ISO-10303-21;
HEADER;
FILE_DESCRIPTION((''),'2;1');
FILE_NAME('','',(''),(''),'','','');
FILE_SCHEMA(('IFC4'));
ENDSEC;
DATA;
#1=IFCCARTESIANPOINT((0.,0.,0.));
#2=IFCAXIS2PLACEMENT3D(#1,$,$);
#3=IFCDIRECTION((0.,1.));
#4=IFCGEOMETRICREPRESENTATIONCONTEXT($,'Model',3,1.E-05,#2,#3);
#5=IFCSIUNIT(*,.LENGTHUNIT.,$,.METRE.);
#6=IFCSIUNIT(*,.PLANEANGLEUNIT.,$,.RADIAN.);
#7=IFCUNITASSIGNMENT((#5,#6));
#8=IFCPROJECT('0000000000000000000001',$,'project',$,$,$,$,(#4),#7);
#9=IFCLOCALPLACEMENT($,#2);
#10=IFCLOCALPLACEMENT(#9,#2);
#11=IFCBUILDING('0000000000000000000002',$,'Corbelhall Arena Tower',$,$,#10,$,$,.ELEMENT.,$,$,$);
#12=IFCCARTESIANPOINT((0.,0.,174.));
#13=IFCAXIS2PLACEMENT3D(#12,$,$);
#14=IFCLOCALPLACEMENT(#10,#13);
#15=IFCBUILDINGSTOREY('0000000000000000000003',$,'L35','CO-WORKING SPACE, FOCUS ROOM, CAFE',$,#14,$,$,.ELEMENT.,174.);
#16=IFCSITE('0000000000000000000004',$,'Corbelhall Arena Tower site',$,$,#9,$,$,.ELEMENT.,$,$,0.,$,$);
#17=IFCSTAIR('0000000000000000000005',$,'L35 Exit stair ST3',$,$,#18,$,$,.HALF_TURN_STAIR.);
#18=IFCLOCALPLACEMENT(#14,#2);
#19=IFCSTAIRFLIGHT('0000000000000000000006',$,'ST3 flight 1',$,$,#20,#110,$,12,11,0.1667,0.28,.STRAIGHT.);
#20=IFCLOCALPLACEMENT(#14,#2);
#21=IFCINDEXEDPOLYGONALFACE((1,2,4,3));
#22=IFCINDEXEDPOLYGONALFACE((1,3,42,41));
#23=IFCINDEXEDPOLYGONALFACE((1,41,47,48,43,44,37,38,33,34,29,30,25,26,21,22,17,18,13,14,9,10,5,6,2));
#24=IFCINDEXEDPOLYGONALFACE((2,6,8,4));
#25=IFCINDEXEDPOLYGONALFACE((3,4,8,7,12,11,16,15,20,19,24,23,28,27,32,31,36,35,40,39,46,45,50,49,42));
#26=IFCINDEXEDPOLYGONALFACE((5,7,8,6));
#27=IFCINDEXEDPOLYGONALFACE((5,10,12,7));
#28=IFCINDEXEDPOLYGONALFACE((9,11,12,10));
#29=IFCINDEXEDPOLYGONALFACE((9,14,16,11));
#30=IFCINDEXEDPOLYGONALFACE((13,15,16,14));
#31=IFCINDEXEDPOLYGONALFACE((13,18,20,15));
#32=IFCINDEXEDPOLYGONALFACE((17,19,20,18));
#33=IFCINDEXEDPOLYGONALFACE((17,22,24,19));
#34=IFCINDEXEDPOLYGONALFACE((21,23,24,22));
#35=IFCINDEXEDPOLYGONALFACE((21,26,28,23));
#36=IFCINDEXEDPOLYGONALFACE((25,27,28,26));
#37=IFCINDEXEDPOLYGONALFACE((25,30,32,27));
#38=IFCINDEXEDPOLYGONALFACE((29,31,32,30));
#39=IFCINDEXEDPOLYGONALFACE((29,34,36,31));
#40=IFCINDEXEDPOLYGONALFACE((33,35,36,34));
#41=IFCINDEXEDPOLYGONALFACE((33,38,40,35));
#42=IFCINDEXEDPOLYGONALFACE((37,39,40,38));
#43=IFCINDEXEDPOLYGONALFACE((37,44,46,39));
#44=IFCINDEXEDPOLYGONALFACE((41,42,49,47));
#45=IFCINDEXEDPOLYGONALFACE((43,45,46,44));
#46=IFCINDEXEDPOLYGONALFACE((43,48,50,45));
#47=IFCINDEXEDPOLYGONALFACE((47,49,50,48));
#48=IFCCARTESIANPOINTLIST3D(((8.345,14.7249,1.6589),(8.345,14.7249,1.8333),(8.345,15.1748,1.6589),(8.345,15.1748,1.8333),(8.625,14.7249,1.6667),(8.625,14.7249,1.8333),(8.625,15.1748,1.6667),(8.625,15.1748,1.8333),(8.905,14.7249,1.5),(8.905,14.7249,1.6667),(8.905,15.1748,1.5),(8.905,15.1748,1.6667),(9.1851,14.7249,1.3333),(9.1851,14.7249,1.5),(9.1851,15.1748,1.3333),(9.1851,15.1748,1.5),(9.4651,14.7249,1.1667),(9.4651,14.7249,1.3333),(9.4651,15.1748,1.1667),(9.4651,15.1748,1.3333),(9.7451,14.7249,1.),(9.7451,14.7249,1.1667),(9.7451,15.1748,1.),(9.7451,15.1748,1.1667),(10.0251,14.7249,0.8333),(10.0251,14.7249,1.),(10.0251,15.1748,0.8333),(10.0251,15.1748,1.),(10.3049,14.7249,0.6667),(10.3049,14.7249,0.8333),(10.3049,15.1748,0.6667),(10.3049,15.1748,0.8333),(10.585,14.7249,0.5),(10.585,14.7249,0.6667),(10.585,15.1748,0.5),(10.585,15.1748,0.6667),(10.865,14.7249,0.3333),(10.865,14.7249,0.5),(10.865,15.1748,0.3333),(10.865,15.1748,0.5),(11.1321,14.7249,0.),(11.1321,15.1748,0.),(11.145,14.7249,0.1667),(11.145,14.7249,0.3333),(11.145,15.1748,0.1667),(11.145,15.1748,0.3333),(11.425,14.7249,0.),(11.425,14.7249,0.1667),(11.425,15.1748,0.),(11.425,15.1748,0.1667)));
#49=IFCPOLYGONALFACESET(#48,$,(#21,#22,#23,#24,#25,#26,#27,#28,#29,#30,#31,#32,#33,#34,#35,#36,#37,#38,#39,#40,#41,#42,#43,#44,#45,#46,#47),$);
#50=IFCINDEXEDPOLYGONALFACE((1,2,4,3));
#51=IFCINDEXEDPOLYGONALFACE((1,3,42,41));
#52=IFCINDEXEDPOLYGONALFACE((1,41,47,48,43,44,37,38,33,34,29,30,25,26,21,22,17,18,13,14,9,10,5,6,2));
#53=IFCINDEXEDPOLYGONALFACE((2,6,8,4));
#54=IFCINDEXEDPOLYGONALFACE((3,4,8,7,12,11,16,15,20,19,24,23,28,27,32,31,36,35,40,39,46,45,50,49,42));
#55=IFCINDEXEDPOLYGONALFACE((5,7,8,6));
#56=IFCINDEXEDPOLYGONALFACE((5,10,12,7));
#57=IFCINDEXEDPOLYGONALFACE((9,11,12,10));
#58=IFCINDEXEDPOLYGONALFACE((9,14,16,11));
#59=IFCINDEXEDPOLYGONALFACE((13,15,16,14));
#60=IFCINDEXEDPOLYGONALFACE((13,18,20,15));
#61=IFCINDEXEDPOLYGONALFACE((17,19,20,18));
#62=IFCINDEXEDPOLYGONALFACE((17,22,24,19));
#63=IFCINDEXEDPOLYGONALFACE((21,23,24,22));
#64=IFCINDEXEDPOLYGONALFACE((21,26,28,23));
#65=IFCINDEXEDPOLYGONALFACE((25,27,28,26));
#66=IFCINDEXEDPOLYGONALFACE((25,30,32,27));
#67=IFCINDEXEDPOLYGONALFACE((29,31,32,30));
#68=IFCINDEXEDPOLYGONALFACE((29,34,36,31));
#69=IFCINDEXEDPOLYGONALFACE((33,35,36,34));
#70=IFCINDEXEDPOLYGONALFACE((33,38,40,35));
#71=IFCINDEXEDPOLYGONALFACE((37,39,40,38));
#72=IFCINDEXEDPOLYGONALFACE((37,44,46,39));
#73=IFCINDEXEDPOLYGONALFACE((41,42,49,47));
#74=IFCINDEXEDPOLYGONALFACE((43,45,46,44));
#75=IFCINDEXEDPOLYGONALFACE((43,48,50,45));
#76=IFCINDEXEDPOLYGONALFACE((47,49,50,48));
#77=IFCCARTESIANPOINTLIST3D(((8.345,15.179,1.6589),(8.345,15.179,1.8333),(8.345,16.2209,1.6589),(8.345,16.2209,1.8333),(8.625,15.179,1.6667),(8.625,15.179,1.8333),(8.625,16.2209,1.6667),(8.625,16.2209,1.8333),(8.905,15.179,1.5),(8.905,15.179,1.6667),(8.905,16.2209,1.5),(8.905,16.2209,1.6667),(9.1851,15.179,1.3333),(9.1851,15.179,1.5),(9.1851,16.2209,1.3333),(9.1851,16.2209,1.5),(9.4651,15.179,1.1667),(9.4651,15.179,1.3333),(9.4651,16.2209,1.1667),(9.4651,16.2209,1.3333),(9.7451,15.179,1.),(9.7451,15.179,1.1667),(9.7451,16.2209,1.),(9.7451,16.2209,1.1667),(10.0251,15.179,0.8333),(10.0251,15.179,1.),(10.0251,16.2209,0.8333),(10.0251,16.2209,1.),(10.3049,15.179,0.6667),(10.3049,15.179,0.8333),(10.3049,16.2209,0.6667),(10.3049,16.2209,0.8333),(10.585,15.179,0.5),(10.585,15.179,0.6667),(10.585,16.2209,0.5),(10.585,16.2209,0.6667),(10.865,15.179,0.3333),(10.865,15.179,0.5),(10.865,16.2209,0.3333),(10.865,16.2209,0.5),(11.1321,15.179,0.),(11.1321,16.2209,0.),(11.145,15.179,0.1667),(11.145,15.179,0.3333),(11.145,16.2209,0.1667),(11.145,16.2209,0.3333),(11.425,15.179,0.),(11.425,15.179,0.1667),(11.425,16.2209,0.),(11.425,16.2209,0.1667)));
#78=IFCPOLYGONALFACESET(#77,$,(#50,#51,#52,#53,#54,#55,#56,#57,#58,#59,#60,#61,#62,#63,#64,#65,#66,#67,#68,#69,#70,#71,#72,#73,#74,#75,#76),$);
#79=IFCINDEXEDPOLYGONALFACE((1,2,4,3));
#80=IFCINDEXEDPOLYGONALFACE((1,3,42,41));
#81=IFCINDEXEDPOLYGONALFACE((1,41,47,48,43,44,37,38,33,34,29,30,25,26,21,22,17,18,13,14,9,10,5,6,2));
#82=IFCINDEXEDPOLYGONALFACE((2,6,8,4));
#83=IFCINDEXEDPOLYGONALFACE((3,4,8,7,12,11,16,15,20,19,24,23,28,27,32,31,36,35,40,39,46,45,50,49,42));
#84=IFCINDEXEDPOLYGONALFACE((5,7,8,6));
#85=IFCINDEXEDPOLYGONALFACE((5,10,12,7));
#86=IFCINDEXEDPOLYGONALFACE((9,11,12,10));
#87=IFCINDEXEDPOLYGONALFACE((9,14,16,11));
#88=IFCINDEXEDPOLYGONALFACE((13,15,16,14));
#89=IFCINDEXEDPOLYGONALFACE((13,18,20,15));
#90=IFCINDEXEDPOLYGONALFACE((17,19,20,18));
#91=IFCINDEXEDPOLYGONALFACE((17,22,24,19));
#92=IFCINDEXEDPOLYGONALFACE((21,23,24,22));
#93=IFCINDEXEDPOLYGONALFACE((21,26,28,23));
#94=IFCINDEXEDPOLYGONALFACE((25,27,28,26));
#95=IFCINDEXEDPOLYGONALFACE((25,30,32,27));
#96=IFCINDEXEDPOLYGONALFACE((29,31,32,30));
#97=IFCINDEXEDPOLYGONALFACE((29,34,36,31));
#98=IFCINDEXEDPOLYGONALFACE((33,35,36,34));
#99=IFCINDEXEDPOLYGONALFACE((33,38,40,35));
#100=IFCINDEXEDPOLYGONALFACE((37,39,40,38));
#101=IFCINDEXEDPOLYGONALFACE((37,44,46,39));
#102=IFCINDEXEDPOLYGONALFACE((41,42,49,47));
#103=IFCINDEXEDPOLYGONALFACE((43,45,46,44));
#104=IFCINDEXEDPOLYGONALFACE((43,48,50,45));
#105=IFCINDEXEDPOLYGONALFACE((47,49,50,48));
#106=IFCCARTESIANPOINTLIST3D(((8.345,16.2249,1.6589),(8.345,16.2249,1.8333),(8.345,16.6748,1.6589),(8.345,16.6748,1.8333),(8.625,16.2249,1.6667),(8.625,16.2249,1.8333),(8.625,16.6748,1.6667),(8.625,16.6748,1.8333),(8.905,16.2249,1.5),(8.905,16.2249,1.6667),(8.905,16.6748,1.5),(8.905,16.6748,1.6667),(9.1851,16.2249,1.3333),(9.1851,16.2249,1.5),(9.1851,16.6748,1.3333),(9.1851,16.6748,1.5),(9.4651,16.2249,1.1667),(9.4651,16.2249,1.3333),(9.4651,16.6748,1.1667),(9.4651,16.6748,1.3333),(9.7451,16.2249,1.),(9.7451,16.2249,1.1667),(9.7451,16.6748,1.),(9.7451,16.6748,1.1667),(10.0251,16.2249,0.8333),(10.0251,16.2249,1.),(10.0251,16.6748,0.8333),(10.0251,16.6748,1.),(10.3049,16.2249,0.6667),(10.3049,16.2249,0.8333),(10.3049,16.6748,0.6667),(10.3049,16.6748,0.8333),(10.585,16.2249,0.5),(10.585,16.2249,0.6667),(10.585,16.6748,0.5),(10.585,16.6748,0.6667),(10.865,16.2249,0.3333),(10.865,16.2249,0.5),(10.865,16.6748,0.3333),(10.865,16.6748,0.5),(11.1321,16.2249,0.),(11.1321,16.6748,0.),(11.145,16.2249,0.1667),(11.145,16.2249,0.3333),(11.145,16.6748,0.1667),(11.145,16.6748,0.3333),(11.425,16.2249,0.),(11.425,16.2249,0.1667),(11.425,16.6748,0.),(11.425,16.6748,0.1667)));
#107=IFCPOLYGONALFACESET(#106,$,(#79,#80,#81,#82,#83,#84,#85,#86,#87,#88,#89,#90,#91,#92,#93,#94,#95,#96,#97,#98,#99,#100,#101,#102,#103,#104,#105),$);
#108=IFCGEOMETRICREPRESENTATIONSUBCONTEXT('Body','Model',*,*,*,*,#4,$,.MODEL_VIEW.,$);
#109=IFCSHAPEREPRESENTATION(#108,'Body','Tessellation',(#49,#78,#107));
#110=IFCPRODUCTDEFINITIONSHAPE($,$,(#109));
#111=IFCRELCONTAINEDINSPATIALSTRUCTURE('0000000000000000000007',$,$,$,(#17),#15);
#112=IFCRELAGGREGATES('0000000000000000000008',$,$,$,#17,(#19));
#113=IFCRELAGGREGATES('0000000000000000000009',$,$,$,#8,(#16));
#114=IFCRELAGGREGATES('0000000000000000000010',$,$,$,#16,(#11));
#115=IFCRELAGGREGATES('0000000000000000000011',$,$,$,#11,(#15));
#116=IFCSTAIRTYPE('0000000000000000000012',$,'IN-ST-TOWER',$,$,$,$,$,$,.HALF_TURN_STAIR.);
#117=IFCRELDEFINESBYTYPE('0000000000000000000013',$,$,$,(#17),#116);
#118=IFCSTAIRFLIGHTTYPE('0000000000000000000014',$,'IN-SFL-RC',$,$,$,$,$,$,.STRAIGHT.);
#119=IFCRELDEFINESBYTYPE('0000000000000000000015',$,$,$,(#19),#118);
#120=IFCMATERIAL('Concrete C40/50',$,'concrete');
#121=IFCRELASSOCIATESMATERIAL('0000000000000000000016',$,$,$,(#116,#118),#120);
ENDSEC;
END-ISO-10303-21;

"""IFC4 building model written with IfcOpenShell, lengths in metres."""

from ifc_helpers import new_model, si_unit, direction, frame, origin, place, context, subcontext, project, spatial, polyline, outline, extrude, material, type_object, element, aggregate, save


model = new_model("IFC4")

# Units and contexts
model_context = context("Model", 3, precision=1e-05, world=origin(), true_north=direction((0.0, 1.0)))
body_context = subcontext(model_context, "Body", "Model", "MODEL_VIEW")
ifc_project = project(units=[si_unit("LENGTHUNIT", "METRE"), si_unit("PLANEANGLEUNIT", "RADIAN")], contexts=[model_context])

# Site, building, storey
site_placement = place(None, origin())
site = spatial("IfcSite", under=ifc_project, at=site_placement, Name="Corbelhall Arena Tower site", CompositionType="ELEMENT", RefElevation=0.0)
building_placement = place(site_placement, origin())
building = spatial("IfcBuilding", under=site, at=building_placement, Name="Corbelhall Arena Tower", CompositionType="ELEMENT")
storey_placement = place(building_placement, frame((0.0, 0.0, 174.0)))
storey = spatial("IfcBuildingStorey", under=building, at=storey_placement, Name="L35", Description="CO-WORKING SPACE, FOCUS ROOM, CAFE", CompositionType="ELEMENT", Elevation=174.0)

# Shared definitions
ifc_material_1 = material(Name="Concrete C40/50", Category="concrete")

# Stair, stair flight
stair_type = type_object("IfcStairType", Name="IN-ST-TOWER", PredefinedType="HALF_TURN_STAIR", material=ifc_material_1)
stair_placement = place(storey_placement, origin())
stair = element("IfcStair", 1, at=stair_placement, inside=storey, type_object=stair_type, Name="L35 Exit stair ST3", PredefinedType="HALF_TURN_STAIR")
stair_flight_type = type_object("IfcStairFlightType", Name="IN-SFL-RC", PredefinedType="STRAIGHT", material=ifc_material_1)
stair_flight_1_placement = place(storey_placement, frame((11.425, 15.7, 0.0), z_axis=(0.0, 0.0, 1.0), x_axis=(-1.0, 0.0, 0.0)))
stair_flight_1 = element("IfcStairFlight", 2, at=stair_flight_1_placement, type_object=stair_flight_type, Name="ST3 flight 1", NumberOfRisers=12, NumberOfTreads=11, PredefinedType="STRAIGHT", RiserHeight=0.1667, TreadLength=0.28, context=body_context, shape_type="SweptSolid", body=[
    extrude(outline(polyline([(0.0, 0.0), (0.0, 0.1667), (0.28, 0.1667), (0.28, 0.3333), (0.5601, 0.3333), (0.5601, 0.5), (0.8401, 0.5), (0.8401, 0.6667), (1.1201, 0.6667), (1.1201, 0.8333), (1.3999, 0.8333), (1.3999, 1.0), (1.6799, 1.0), (1.6799, 1.1667), (1.96, 1.1667), (1.96, 1.3333), (2.24, 1.3333), (2.24, 1.5), (2.52, 1.5), (2.52, 1.6667), (2.8, 1.6667), (2.8, 1.8333), (3.0801, 1.8333), (3.0801, 2.0), (3.0801, 1.6589), (0.293, 0.0), (0.0, 0.0)])), frame((0.0, 0.9751, 0.0), z_axis=(0.0, -1.0, 0.0), x_axis=(1.0, 0.0, 0.0)), (0.0, 0.0, 1.0), 0.45),
    extrude(outline(polyline([(0.0, 0.0), (0.0, 0.1667), (0.28, 0.1667), (0.28, 0.3333), (0.5601, 0.3333), (0.5601, 0.5), (0.8401, 0.5), (0.8401, 0.6667), (1.1201, 0.6667), (1.1201, 0.8333), (1.3999, 0.8333), (1.3999, 1.0), (1.6799, 1.0), (1.6799, 1.1667), (1.96, 1.1667), (1.96, 1.3333), (2.24, 1.3333), (2.24, 1.5), (2.52, 1.5), (2.52, 1.6667), (2.8, 1.6667), (2.8, 1.8333), (3.0801, 1.8333), (3.0801, 2.0), (3.0801, 1.6589), (0.293, 0.0), (0.0, 0.0)])), frame((0.0, 0.521, 0.0), z_axis=(0.0, -1.0, 0.0), x_axis=(1.0, 0.0, 0.0)), (0.0, 0.0, 1.0), 1.042),
    extrude(outline(polyline([(0.0, 0.0), (0.0, 0.1667), (0.28, 0.1667), (0.28, 0.3333), (0.5601, 0.3333), (0.5601, 0.5), (0.8401, 0.5), (0.8401, 0.6667), (1.1201, 0.6667), (1.1201, 0.8333), (1.3999, 0.8333), (1.3999, 1.0), (1.6799, 1.0), (1.6799, 1.1667), (1.96, 1.1667), (1.96, 1.3333), (2.24, 1.3333), (2.24, 1.5), (2.52, 1.5), (2.52, 1.6667), (2.8, 1.6667), (2.8, 1.8333), (3.0801, 1.8333), (3.0801, 2.0), (3.0801, 1.6589), (0.293, 0.0), (0.0, 0.0)])), frame((0.0, -0.5249, 0.0), z_axis=(0.0, -1.0, 0.0), x_axis=(1.0, 0.0, 0.0)), (0.0, 0.0, 1.0), 0.45),
])
aggregate(stair, [stair_flight_1])

save(model, "model.ifc")
